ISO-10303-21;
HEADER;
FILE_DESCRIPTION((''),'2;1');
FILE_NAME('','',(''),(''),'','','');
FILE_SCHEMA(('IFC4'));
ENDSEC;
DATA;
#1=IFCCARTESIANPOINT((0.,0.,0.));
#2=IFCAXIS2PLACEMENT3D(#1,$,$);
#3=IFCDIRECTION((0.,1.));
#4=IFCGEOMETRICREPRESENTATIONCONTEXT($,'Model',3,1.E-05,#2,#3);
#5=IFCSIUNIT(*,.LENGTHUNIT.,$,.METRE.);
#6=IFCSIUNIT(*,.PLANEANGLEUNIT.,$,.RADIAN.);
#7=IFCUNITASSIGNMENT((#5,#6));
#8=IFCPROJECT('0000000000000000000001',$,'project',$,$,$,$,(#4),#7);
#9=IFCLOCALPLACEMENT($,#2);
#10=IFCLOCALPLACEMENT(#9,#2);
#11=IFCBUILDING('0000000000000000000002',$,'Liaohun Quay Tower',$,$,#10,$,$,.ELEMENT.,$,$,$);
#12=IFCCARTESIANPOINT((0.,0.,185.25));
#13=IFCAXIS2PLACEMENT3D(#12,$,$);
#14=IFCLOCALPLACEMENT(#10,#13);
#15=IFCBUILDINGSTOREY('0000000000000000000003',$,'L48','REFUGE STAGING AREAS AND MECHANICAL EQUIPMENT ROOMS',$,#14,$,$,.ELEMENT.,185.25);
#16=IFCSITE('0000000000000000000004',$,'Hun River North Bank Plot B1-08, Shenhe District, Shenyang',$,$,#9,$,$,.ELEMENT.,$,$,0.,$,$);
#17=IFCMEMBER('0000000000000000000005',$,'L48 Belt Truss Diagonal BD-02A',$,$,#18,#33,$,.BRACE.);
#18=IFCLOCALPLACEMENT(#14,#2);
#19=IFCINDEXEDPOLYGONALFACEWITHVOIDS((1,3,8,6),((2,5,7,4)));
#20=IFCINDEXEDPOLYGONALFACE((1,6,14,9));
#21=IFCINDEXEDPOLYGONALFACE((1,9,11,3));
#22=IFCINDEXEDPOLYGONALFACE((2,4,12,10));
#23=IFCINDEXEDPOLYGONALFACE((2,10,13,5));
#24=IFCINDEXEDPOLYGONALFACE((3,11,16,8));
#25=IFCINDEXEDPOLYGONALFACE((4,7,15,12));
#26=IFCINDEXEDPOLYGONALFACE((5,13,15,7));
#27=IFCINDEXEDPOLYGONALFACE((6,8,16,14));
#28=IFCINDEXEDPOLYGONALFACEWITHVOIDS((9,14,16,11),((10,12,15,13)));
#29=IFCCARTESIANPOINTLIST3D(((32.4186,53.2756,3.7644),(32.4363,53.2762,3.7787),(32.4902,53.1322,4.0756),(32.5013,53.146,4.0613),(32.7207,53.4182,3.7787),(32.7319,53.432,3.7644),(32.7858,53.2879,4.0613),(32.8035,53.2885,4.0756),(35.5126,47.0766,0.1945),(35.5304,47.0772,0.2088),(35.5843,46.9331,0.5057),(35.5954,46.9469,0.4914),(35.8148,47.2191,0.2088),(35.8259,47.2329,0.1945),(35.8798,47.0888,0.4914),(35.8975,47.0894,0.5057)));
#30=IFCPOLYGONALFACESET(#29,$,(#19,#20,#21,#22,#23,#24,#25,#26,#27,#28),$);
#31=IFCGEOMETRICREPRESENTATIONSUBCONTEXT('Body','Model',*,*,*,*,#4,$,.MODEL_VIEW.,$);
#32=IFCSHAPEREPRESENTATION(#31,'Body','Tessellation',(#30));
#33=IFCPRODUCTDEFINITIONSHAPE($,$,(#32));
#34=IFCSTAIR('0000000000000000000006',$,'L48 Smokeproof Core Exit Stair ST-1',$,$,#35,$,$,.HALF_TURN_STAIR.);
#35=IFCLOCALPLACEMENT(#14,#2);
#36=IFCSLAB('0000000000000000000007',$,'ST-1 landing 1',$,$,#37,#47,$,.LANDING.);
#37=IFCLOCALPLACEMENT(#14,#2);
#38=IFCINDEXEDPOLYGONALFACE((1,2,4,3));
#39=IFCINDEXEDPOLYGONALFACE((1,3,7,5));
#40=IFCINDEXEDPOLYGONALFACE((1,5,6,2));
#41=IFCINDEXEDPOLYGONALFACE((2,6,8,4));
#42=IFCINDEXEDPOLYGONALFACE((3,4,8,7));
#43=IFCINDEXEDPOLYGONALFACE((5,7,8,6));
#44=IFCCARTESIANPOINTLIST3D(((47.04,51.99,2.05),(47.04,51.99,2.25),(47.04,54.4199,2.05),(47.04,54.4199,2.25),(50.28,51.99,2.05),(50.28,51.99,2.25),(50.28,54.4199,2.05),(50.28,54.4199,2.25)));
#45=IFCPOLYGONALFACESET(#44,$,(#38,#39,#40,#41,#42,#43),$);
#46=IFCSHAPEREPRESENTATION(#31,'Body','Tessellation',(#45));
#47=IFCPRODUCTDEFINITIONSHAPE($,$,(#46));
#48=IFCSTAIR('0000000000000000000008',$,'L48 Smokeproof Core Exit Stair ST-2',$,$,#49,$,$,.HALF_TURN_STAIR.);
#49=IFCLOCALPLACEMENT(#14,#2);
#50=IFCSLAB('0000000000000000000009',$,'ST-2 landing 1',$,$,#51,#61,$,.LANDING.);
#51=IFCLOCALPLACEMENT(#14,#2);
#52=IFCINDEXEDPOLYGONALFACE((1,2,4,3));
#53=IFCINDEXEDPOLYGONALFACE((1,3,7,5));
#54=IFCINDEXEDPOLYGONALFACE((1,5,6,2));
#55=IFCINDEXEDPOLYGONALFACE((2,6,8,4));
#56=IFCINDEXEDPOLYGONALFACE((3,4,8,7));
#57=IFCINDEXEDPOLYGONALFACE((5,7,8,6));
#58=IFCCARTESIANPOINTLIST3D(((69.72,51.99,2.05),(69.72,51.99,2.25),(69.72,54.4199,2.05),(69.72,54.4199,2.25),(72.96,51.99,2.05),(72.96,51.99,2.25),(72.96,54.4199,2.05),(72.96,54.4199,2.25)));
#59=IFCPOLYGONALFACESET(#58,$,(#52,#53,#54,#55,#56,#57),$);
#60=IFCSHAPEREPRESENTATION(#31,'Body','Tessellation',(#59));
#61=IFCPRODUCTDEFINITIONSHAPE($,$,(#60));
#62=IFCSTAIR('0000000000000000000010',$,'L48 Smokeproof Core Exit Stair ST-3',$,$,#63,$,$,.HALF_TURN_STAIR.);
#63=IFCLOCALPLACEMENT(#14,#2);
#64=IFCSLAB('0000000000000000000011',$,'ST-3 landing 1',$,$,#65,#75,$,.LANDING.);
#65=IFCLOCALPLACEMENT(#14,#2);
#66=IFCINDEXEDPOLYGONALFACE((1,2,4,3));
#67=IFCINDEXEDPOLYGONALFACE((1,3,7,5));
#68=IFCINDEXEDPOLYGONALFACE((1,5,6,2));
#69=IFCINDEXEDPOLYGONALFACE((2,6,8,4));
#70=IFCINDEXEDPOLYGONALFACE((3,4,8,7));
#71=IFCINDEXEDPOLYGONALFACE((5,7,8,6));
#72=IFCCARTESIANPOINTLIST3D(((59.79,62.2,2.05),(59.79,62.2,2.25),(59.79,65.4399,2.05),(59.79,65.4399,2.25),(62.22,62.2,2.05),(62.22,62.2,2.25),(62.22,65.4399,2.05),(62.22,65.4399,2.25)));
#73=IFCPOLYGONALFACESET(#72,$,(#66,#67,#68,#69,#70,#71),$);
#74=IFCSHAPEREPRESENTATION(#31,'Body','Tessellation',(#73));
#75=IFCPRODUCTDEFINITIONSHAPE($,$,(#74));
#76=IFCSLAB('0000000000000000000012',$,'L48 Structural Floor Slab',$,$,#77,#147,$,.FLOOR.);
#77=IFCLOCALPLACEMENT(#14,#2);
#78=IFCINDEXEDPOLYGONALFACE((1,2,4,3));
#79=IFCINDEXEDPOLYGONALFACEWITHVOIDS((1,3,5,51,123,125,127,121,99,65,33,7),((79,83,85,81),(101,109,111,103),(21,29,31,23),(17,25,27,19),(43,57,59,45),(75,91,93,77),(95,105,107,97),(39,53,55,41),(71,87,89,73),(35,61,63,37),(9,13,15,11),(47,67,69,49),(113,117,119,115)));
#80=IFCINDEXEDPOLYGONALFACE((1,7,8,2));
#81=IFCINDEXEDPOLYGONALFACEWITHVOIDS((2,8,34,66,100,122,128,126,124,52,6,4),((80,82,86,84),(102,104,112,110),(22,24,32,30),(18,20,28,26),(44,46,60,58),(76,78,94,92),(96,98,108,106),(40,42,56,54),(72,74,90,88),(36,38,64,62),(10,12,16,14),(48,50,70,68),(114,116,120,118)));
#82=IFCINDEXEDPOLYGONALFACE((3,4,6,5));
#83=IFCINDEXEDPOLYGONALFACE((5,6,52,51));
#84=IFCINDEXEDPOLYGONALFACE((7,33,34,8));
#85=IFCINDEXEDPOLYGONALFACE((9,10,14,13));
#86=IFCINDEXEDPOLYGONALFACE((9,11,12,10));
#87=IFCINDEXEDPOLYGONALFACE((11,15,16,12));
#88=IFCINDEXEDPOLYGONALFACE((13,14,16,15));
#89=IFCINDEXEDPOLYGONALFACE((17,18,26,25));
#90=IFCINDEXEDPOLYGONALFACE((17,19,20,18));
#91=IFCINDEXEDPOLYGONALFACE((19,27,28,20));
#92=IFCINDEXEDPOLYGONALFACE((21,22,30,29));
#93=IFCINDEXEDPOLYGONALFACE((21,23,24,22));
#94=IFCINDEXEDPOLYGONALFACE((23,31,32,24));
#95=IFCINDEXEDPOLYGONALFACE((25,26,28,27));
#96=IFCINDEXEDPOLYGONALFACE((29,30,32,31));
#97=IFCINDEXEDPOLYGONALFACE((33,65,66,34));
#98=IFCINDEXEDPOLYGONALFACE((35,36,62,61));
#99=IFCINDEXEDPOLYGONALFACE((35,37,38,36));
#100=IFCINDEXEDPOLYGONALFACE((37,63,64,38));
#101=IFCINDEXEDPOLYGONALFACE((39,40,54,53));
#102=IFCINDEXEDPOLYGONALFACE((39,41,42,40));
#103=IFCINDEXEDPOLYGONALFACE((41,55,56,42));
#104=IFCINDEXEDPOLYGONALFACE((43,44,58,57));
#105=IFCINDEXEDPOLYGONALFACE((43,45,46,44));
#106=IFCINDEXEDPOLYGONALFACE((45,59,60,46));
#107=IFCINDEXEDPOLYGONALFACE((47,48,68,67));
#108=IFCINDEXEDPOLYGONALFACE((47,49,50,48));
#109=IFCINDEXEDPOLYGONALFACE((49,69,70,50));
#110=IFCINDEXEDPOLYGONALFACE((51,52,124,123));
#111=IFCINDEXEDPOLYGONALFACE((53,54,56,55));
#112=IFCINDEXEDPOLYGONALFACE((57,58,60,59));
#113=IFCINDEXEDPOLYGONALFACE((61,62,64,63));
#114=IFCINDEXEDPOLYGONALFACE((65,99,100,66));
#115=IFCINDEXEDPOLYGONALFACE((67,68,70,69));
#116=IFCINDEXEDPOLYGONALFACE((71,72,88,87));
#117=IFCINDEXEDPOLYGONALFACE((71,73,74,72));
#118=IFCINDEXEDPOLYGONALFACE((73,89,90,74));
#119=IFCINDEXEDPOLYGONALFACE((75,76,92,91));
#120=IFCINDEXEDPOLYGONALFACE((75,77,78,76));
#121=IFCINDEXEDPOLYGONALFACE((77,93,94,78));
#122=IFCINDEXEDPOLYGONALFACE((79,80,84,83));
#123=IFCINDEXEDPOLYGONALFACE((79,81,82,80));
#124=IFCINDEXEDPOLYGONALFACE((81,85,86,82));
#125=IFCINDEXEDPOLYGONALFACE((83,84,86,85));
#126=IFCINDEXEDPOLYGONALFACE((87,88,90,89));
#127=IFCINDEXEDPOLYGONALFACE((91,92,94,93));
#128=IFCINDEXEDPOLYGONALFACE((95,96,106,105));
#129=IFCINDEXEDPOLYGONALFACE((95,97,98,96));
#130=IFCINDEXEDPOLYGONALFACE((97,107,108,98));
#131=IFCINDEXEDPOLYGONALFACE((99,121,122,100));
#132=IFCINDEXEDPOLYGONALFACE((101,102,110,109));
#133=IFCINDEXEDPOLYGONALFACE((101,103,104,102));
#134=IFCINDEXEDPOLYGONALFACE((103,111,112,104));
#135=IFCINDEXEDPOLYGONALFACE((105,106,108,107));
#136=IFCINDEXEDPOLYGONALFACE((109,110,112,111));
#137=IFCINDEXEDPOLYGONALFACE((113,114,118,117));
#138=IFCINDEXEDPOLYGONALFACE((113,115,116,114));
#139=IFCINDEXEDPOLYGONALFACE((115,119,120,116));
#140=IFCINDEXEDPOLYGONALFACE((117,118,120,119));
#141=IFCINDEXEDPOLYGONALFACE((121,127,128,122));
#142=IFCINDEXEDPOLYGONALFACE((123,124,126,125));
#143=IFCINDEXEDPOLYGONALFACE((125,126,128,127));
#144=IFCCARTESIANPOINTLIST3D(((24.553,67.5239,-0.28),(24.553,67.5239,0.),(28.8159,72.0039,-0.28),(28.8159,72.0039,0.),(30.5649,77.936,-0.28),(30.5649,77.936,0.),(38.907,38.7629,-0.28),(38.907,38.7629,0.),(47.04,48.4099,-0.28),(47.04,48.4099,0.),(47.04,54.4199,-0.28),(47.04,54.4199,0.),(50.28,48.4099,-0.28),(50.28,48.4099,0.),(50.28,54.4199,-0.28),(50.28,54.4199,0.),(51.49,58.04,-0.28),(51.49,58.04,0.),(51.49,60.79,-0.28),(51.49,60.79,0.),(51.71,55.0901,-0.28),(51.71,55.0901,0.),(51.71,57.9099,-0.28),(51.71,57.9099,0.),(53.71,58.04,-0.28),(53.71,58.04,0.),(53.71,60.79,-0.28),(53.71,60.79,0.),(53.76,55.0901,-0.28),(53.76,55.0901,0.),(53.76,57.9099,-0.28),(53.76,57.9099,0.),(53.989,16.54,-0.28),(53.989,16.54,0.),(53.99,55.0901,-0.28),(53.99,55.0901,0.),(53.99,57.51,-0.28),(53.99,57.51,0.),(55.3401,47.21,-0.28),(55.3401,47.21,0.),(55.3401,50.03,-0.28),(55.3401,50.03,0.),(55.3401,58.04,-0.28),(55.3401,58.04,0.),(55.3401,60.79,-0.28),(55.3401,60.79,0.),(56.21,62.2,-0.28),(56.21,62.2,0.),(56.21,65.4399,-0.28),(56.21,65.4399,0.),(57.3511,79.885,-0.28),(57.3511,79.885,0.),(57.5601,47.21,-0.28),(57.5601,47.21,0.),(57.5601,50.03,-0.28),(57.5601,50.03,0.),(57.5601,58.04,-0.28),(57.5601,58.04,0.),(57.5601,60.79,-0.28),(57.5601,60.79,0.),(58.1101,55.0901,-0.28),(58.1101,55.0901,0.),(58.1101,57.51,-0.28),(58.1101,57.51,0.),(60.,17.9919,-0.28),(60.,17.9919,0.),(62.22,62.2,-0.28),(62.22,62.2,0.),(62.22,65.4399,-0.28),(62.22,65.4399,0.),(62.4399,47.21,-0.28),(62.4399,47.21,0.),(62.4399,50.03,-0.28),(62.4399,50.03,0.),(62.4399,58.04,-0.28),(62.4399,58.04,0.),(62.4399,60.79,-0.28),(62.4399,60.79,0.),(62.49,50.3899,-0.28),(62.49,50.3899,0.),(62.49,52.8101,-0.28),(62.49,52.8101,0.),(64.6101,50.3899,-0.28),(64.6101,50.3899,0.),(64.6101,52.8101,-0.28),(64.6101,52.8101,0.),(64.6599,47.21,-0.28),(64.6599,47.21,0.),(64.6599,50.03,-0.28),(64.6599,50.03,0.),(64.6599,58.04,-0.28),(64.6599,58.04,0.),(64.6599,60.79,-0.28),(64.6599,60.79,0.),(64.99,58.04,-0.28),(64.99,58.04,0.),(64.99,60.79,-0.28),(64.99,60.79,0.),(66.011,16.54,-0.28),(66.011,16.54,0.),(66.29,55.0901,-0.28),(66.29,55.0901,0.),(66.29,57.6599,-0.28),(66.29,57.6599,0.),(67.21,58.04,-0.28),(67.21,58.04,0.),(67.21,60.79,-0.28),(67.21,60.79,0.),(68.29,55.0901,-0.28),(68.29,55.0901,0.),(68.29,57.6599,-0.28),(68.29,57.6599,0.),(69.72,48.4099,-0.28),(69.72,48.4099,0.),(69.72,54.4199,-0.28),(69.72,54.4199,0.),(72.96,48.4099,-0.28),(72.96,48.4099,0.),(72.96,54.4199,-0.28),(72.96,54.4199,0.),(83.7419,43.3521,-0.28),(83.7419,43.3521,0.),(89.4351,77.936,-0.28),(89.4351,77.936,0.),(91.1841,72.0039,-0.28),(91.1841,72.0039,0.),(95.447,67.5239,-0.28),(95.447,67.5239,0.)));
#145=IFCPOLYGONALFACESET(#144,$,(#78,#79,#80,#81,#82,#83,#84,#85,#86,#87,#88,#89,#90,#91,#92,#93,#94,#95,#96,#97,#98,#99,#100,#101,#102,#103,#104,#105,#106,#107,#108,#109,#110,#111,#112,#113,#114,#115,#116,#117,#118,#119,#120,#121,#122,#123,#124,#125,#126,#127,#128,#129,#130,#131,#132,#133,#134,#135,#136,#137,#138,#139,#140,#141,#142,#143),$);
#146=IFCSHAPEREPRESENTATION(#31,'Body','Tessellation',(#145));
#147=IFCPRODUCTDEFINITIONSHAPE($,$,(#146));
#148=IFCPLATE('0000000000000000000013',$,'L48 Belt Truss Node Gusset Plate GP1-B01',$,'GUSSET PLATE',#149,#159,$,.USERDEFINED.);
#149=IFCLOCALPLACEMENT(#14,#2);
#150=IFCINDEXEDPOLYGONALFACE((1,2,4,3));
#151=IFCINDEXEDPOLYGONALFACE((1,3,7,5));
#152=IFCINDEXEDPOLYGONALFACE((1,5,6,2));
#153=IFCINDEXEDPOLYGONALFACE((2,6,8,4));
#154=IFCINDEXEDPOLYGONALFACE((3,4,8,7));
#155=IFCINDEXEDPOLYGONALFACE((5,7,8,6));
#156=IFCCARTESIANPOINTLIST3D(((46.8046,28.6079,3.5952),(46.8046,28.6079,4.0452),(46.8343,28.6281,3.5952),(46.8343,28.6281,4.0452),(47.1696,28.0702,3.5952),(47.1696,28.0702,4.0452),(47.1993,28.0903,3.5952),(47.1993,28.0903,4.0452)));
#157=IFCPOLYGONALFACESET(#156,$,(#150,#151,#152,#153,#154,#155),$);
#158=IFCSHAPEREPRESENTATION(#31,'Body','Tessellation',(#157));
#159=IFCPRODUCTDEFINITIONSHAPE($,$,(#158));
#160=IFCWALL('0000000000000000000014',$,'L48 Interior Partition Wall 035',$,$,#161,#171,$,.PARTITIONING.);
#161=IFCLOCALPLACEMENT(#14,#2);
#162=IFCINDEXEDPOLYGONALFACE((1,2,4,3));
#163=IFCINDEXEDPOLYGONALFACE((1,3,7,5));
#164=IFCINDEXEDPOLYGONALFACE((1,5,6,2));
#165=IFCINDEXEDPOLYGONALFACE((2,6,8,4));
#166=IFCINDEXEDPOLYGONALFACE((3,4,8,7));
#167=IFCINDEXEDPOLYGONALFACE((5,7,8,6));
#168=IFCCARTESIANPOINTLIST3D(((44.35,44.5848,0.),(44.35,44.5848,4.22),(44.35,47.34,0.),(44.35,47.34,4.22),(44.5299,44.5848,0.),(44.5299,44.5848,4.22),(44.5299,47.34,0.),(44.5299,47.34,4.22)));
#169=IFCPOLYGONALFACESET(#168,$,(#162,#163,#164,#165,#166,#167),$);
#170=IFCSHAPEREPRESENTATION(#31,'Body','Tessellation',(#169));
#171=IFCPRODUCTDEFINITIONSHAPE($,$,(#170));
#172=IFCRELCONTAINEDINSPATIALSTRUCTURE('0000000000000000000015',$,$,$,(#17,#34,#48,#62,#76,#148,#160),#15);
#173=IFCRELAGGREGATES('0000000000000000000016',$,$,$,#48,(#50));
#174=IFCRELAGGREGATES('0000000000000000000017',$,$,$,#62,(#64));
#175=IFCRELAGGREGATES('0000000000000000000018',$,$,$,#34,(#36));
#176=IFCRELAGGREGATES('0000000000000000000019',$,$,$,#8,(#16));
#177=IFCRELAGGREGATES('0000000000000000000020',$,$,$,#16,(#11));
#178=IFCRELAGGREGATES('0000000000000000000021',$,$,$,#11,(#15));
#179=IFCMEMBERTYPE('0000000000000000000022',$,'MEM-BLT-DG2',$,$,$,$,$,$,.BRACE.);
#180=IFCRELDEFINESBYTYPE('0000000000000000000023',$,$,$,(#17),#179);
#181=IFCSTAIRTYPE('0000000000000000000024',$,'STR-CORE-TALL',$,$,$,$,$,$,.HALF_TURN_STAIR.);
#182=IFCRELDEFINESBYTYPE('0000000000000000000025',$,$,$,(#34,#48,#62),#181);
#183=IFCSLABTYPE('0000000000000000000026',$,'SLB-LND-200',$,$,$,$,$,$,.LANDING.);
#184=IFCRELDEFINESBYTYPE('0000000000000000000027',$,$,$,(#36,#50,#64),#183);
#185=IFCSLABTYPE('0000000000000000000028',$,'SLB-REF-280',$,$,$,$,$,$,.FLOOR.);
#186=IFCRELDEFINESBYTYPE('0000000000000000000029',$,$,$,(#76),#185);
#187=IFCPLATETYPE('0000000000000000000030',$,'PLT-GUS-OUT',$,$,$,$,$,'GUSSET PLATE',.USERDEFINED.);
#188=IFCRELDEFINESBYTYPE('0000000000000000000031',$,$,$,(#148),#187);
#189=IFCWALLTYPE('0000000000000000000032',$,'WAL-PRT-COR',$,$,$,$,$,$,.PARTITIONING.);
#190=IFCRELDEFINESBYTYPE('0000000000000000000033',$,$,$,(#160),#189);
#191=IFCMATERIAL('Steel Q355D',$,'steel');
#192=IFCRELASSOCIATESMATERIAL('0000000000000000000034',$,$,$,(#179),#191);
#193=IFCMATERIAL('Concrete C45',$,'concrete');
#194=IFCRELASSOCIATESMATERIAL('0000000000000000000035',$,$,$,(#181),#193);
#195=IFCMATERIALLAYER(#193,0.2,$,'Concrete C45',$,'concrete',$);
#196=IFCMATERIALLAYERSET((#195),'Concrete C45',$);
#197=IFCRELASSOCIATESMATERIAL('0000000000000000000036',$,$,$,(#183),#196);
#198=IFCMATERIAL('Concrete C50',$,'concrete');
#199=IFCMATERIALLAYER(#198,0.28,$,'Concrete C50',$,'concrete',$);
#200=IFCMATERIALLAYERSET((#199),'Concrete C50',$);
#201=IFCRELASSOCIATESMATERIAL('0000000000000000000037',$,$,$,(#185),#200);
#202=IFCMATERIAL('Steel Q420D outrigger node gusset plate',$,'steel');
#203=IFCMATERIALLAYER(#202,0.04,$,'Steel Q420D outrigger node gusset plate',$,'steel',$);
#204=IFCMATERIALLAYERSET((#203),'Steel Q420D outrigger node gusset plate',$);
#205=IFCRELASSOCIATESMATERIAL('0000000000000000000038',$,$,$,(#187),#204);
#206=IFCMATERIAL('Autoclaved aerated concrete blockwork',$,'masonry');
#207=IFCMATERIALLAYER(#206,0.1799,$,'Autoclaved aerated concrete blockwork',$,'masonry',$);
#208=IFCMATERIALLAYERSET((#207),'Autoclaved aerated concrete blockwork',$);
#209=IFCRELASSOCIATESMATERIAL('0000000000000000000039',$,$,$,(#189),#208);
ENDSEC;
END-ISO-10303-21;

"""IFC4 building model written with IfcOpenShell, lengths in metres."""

from ifc_helpers import new_model, si_unit, direction, frame, frame_2d, origin, origin_2d, place, context, subcontext, project, spatial, polyline, rectangle, hollow_rectangle, outline, extrude, source, transform, mapped, material, layer, layer_set, material_profile, profile_set, type_object, element, aggregate, save


model = new_model("IFC4")

# Units and contexts
model_context = context("Model", 3, precision=1e-05, world=origin(), true_north=direction((0.0, 1.0)))
body_context = subcontext(model_context, "Body", "Model", "MODEL_VIEW")
ifc_project = project(units=[si_unit("LENGTHUNIT", "METRE"), si_unit("PLANEANGLEUNIT", "RADIAN")], contexts=[model_context])

# Site, building, storey
site_placement = place(None, origin())
site = spatial("IfcSite", under=ifc_project, at=site_placement, Name="Hun River North Bank Plot B1-08, Shenhe District, Shenyang", CompositionType="ELEMENT", RefElevation=0.0)
building_placement = place(site_placement, origin())
building = spatial("IfcBuilding", under=site, at=building_placement, Name="Liaohun Quay Tower", CompositionType="ELEMENT")
storey_placement = place(building_placement, frame((0.0, 0.0, 185.25)))
storey = spatial("IfcBuildingStorey", under=building, at=storey_placement, Name="L48", Description="REFUGE STAGING AREAS AND MECHANICAL EQUIPMENT ROOMS", CompositionType="ELEMENT", Elevation=185.25)

# Shared definitions
ifc_material_1 = material(Name="Steel Q355D", Category="steel")

# Member
ifc_material_profile_1 = material_profile(ifc_material_1, hollow_rectangle(XDim=0.3501, YDim=0.3501, WallThickness=0.0161, at=origin_2d()), Name="SHS350x350x16")
ifc_profile_set_1 = profile_set([ifc_material_profile_1], Name="Steel Q355D")
member_type_1 = type_object("IfcMemberType", Name="MEM-BLT-DG2", PredefinedType="BRACE", material=ifc_profile_set_1)
shared_shape_1 = source(origin(), body_context, "Body", "SweptSolid", [
    extrude(hollow_rectangle(XDim=0.3501, YDim=0.3501, WallThickness=0.0161, at=origin_2d()), origin(), (0.0, 0.0, 1.0), 7.7939),
])
member_1_placement = place(storey_placement, frame((35.7051, 47.083, 0.3501), z_axis=(-0.39698, 0.79537, 0.458032), x_axis=(-0.894744, -0.446579, 0.0)))
element("IfcMember", 1, at=member_1_placement, inside=storey, type_object=member_type_1, Name="L48 Belt Truss Diagonal BD-02A", PredefinedType="BRACE", context=body_context, shape_type="MappedRepresentation", body=[
    mapped(shared_shape_1, transform((0.0, 0.0, 0.0), x_axis=(1.0, 0.0, 0.0), y_axis=(0.0, 1.0, 0.0), z_axis=(0.0, 0.0, 1.0), scale=1.0)),
])

# Stairs, slabs
ifc_material_2 = material(Name="Concrete C45", Category="concrete")
stair_type = type_object("IfcStairType", Name="STR-CORE-TALL", PredefinedType="HALF_TURN_STAIR", material=ifc_material_2)
stair_1_placement = place(storey_placement, origin())
stair_1 = element("IfcStair", 2, at=stair_1_placement, inside=storey, type_object=stair_type, Name="L48 Smokeproof Core Exit Stair ST-1", PredefinedType="HALF_TURN_STAIR")
ifc_layer_1 = layer(ifc_material_2, 0.2, Name="Concrete C45", Category="concrete")
ifc_layer_set_1 = layer_set([ifc_layer_1], Name="Concrete C45")
slab_type_1 = type_object("IfcSlabType", Name="SLB-LND-200", PredefinedType="LANDING", material=ifc_layer_set_1)
slab_1_placement = place(storey_placement, frame((0.0, 0.0, 2.05)))
slab_1 = element("IfcSlab", 3, at=slab_1_placement, type_object=slab_type_1, Name="ST-1 landing 1", PredefinedType="LANDING", context=body_context, shape_type="SweptSolid", body=[
    extrude(outline(polyline([(50.28, 51.99), (50.28, 54.4199), (47.04, 54.4199), (47.04, 51.99), (50.28, 51.99)])), origin(), (0.0, 0.0, 1.0), 0.2),
])
stair_2_placement = place(storey_placement, origin())
stair_2 = element("IfcStair", 4, at=stair_2_placement, inside=storey, type_object=stair_type, Name="L48 Smokeproof Core Exit Stair ST-2", PredefinedType="HALF_TURN_STAIR")
slab_2_placement = place(storey_placement, frame((0.0, 0.0, 2.05)))
slab_2 = element("IfcSlab", 5, at=slab_2_placement, type_object=slab_type_1, Name="ST-2 landing 1", PredefinedType="LANDING", context=body_context, shape_type="SweptSolid", body=[
    extrude(outline(polyline([(72.96, 51.99), (72.96, 54.4199), (69.72, 54.4199), (69.72, 51.99), (72.96, 51.99)])), origin(), (0.0, 0.0, 1.0), 0.2),
])
aggregate(stair_2, [slab_2])
stair_3_placement = place(storey_placement, origin())
stair_3 = element("IfcStair", 6, at=stair_3_placement, inside=storey, type_object=stair_type, Name="L48 Smokeproof Core Exit Stair ST-3", PredefinedType="HALF_TURN_STAIR")
slab_3_placement = place(storey_placement, frame((0.0, 0.0, 2.05)))
slab_3 = element("IfcSlab", 7, at=slab_3_placement, type_object=slab_type_1, Name="ST-3 landing 1", PredefinedType="LANDING", context=body_context, shape_type="SweptSolid", body=[
    extrude(outline(polyline([(59.79, 62.2), (62.22, 62.2), (62.22, 65.4399), (59.79, 65.4399), (59.79, 62.2)])), origin(), (0.0, 0.0, 1.0), 0.2),
])
aggregate(stair_3, [slab_3])

# Slab
ifc_material_3 = material(Name="Concrete C50", Category="concrete")
ifc_layer_2 = layer(ifc_material_3, 0.28, Name="Concrete C50", Category="concrete")
ifc_layer_set_2 = layer_set([ifc_layer_2], Name="Concrete C50")
slab_type_2 = type_object("IfcSlabType", Name="SLB-REF-280", PredefinedType="FLOOR", material=ifc_layer_set_2)
slab_4_placement = place(storey_placement, frame((0.0, 0.0, -0.28)))
element("IfcSlab", 8, at=slab_4_placement, inside=storey, type_object=slab_type_2, Name="L48 Structural Floor Slab", PredefinedType="FLOOR", context=body_context, shape_type="SweptSolid", body=[
    extrude(outline(polyline([(53.989, 16.54), (60.0, 17.9919), (66.011, 16.54), (83.7419, 43.3521), (95.447, 67.5239), (91.1841, 72.0039), (89.4351, 77.936), (57.3511, 79.885), (30.5649, 77.936), (28.8159, 72.0039), (24.553, 67.5239), (38.907, 38.7629), (53.989, 16.54)]), holes=[polyline([(57.5601, 50.03), (55.3401, 50.03), (55.3401, 47.21), (57.5601, 47.21), (57.5601, 50.03)]), polyline([(50.28, 54.4199), (47.04, 54.4199), (47.04, 48.4099), (50.28, 48.4099), (50.28, 54.4199)]), polyline([(53.99, 55.0901), (58.1101, 55.0901), (58.1101, 57.51), (53.99, 57.51), (53.99, 55.0901)]), polyline([(53.76, 55.0901), (53.76, 57.9099), (51.71, 57.9099), (51.71, 55.0901), (53.76, 55.0901)]), polyline([(53.71, 58.04), (53.71, 60.79), (51.49, 60.79), (51.49, 58.04), (53.71, 58.04)]), polyline([(57.5601, 58.04), (57.5601, 60.79), (55.3401, 60.79), (55.3401, 58.04), (57.5601, 58.04)]), polyline([(64.6599, 50.03), (62.4399, 50.03), (62.4399, 47.21), (64.6599, 47.21), (64.6599, 50.03)]), polyline([(72.96, 54.4199), (69.72, 54.4199), (69.72, 48.4099), (72.96, 48.4099), (72.96, 54.4199)]), polyline([(64.6101, 50.3899), (64.6101, 52.8101), (62.49, 52.8101), (62.49, 50.3899), (64.6101, 50.3899)]), polyline([(68.29, 55.0901), (68.29, 57.6599), (66.29, 57.6599), (66.29, 55.0901), (68.29, 55.0901)]), polyline([(64.6599, 58.04), (64.6599, 60.79), (62.4399, 60.79), (62.4399, 58.04), (64.6599, 58.04)]), polyline([(67.21, 58.04), (67.21, 60.79), (64.99, 60.79), (64.99, 58.04), (67.21, 58.04)]), polyline([(62.22, 62.2), (62.22, 65.4399), (56.21, 65.4399), (56.21, 62.2), (62.22, 62.2)])]), origin(), (0.0, 0.0, 1.0), 0.28),
])

# Plate
ifc_material_4 = material(Name="Steel Q420D outrigger node gusset plate", Category="steel")
ifc_layer_3 = layer(ifc_material_4, 0.04, Name="Steel Q420D outrigger node gusset plate", Category="steel")
ifc_layer_set_3 = layer_set([ifc_layer_3], Name="Steel Q420D outrigger node gusset plate")
plate_type = type_object("IfcPlateType", Name="PLT-GUS-OUT", ElementType="GUSSET PLATE", PredefinedType="USERDEFINED", material=ifc_layer_set_3)
shared_shape_2 = source(origin(), body_context, "Body", "SweptSolid", [
    extrude(rectangle(XDim=0.6499, YDim=0.0359, at=origin_2d()), origin(), (0.0, 0.0, 1.0), 0.45),
])
plate_placement = place(storey_placement, frame((47.002, 28.3491, 3.5952), z_axis=(0.0, 0.0, 1.0), x_axis=(-0.561506, 0.827473, 0.0)))
element("IfcPlate", 9, at=plate_placement, inside=storey, type_object=plate_type, Name="L48 Belt Truss Node Gusset Plate GP1-B01", ObjectType="GUSSET PLATE", PredefinedType="USERDEFINED", context=body_context, shape_type="MappedRepresentation", body=[
    mapped(shared_shape_2, transform((0.0, 0.0, 0.0), x_axis=(1.0, 0.0, 0.0), y_axis=(0.0, 1.0, 0.0), z_axis=(0.0, 0.0, 1.0), scale=1.0)),
])

# Wall
ifc_material_5 = material(Name="Autoclaved aerated concrete blockwork", Category="masonry")
ifc_layer_4 = layer(ifc_material_5, 0.1799, Name="Autoclaved aerated concrete blockwork", Category="masonry")
ifc_layer_set_4 = layer_set([ifc_layer_4], Name="Autoclaved aerated concrete blockwork")
wall_type_1 = type_object("IfcWallType", Name="WAL-PRT-COR", PredefinedType="PARTITIONING", material=ifc_layer_set_4)
wall_1_placement = place(storey_placement, frame((44.4399, 44.585, 0.0), z_axis=(0.0, 0.0, 1.0), x_axis=(0.0, 1.0, 0.0)))
element("IfcWall", 10, at=wall_1_placement, inside=storey, type_object=wall_type_1, Name="L48 Interior Partition Wall 035", PredefinedType="PARTITIONING", context=body_context, shape_type="SweptSolid", body=[
    extrude(rectangle(XDim=2.7551, YDim=0.1799, at=frame_2d((1.3774, 0.0))), origin(), (0.0, 0.0, 1.0), 4.22),
])

aggregate(stair_1, [slab_1])

save(model, "model.ifc")
